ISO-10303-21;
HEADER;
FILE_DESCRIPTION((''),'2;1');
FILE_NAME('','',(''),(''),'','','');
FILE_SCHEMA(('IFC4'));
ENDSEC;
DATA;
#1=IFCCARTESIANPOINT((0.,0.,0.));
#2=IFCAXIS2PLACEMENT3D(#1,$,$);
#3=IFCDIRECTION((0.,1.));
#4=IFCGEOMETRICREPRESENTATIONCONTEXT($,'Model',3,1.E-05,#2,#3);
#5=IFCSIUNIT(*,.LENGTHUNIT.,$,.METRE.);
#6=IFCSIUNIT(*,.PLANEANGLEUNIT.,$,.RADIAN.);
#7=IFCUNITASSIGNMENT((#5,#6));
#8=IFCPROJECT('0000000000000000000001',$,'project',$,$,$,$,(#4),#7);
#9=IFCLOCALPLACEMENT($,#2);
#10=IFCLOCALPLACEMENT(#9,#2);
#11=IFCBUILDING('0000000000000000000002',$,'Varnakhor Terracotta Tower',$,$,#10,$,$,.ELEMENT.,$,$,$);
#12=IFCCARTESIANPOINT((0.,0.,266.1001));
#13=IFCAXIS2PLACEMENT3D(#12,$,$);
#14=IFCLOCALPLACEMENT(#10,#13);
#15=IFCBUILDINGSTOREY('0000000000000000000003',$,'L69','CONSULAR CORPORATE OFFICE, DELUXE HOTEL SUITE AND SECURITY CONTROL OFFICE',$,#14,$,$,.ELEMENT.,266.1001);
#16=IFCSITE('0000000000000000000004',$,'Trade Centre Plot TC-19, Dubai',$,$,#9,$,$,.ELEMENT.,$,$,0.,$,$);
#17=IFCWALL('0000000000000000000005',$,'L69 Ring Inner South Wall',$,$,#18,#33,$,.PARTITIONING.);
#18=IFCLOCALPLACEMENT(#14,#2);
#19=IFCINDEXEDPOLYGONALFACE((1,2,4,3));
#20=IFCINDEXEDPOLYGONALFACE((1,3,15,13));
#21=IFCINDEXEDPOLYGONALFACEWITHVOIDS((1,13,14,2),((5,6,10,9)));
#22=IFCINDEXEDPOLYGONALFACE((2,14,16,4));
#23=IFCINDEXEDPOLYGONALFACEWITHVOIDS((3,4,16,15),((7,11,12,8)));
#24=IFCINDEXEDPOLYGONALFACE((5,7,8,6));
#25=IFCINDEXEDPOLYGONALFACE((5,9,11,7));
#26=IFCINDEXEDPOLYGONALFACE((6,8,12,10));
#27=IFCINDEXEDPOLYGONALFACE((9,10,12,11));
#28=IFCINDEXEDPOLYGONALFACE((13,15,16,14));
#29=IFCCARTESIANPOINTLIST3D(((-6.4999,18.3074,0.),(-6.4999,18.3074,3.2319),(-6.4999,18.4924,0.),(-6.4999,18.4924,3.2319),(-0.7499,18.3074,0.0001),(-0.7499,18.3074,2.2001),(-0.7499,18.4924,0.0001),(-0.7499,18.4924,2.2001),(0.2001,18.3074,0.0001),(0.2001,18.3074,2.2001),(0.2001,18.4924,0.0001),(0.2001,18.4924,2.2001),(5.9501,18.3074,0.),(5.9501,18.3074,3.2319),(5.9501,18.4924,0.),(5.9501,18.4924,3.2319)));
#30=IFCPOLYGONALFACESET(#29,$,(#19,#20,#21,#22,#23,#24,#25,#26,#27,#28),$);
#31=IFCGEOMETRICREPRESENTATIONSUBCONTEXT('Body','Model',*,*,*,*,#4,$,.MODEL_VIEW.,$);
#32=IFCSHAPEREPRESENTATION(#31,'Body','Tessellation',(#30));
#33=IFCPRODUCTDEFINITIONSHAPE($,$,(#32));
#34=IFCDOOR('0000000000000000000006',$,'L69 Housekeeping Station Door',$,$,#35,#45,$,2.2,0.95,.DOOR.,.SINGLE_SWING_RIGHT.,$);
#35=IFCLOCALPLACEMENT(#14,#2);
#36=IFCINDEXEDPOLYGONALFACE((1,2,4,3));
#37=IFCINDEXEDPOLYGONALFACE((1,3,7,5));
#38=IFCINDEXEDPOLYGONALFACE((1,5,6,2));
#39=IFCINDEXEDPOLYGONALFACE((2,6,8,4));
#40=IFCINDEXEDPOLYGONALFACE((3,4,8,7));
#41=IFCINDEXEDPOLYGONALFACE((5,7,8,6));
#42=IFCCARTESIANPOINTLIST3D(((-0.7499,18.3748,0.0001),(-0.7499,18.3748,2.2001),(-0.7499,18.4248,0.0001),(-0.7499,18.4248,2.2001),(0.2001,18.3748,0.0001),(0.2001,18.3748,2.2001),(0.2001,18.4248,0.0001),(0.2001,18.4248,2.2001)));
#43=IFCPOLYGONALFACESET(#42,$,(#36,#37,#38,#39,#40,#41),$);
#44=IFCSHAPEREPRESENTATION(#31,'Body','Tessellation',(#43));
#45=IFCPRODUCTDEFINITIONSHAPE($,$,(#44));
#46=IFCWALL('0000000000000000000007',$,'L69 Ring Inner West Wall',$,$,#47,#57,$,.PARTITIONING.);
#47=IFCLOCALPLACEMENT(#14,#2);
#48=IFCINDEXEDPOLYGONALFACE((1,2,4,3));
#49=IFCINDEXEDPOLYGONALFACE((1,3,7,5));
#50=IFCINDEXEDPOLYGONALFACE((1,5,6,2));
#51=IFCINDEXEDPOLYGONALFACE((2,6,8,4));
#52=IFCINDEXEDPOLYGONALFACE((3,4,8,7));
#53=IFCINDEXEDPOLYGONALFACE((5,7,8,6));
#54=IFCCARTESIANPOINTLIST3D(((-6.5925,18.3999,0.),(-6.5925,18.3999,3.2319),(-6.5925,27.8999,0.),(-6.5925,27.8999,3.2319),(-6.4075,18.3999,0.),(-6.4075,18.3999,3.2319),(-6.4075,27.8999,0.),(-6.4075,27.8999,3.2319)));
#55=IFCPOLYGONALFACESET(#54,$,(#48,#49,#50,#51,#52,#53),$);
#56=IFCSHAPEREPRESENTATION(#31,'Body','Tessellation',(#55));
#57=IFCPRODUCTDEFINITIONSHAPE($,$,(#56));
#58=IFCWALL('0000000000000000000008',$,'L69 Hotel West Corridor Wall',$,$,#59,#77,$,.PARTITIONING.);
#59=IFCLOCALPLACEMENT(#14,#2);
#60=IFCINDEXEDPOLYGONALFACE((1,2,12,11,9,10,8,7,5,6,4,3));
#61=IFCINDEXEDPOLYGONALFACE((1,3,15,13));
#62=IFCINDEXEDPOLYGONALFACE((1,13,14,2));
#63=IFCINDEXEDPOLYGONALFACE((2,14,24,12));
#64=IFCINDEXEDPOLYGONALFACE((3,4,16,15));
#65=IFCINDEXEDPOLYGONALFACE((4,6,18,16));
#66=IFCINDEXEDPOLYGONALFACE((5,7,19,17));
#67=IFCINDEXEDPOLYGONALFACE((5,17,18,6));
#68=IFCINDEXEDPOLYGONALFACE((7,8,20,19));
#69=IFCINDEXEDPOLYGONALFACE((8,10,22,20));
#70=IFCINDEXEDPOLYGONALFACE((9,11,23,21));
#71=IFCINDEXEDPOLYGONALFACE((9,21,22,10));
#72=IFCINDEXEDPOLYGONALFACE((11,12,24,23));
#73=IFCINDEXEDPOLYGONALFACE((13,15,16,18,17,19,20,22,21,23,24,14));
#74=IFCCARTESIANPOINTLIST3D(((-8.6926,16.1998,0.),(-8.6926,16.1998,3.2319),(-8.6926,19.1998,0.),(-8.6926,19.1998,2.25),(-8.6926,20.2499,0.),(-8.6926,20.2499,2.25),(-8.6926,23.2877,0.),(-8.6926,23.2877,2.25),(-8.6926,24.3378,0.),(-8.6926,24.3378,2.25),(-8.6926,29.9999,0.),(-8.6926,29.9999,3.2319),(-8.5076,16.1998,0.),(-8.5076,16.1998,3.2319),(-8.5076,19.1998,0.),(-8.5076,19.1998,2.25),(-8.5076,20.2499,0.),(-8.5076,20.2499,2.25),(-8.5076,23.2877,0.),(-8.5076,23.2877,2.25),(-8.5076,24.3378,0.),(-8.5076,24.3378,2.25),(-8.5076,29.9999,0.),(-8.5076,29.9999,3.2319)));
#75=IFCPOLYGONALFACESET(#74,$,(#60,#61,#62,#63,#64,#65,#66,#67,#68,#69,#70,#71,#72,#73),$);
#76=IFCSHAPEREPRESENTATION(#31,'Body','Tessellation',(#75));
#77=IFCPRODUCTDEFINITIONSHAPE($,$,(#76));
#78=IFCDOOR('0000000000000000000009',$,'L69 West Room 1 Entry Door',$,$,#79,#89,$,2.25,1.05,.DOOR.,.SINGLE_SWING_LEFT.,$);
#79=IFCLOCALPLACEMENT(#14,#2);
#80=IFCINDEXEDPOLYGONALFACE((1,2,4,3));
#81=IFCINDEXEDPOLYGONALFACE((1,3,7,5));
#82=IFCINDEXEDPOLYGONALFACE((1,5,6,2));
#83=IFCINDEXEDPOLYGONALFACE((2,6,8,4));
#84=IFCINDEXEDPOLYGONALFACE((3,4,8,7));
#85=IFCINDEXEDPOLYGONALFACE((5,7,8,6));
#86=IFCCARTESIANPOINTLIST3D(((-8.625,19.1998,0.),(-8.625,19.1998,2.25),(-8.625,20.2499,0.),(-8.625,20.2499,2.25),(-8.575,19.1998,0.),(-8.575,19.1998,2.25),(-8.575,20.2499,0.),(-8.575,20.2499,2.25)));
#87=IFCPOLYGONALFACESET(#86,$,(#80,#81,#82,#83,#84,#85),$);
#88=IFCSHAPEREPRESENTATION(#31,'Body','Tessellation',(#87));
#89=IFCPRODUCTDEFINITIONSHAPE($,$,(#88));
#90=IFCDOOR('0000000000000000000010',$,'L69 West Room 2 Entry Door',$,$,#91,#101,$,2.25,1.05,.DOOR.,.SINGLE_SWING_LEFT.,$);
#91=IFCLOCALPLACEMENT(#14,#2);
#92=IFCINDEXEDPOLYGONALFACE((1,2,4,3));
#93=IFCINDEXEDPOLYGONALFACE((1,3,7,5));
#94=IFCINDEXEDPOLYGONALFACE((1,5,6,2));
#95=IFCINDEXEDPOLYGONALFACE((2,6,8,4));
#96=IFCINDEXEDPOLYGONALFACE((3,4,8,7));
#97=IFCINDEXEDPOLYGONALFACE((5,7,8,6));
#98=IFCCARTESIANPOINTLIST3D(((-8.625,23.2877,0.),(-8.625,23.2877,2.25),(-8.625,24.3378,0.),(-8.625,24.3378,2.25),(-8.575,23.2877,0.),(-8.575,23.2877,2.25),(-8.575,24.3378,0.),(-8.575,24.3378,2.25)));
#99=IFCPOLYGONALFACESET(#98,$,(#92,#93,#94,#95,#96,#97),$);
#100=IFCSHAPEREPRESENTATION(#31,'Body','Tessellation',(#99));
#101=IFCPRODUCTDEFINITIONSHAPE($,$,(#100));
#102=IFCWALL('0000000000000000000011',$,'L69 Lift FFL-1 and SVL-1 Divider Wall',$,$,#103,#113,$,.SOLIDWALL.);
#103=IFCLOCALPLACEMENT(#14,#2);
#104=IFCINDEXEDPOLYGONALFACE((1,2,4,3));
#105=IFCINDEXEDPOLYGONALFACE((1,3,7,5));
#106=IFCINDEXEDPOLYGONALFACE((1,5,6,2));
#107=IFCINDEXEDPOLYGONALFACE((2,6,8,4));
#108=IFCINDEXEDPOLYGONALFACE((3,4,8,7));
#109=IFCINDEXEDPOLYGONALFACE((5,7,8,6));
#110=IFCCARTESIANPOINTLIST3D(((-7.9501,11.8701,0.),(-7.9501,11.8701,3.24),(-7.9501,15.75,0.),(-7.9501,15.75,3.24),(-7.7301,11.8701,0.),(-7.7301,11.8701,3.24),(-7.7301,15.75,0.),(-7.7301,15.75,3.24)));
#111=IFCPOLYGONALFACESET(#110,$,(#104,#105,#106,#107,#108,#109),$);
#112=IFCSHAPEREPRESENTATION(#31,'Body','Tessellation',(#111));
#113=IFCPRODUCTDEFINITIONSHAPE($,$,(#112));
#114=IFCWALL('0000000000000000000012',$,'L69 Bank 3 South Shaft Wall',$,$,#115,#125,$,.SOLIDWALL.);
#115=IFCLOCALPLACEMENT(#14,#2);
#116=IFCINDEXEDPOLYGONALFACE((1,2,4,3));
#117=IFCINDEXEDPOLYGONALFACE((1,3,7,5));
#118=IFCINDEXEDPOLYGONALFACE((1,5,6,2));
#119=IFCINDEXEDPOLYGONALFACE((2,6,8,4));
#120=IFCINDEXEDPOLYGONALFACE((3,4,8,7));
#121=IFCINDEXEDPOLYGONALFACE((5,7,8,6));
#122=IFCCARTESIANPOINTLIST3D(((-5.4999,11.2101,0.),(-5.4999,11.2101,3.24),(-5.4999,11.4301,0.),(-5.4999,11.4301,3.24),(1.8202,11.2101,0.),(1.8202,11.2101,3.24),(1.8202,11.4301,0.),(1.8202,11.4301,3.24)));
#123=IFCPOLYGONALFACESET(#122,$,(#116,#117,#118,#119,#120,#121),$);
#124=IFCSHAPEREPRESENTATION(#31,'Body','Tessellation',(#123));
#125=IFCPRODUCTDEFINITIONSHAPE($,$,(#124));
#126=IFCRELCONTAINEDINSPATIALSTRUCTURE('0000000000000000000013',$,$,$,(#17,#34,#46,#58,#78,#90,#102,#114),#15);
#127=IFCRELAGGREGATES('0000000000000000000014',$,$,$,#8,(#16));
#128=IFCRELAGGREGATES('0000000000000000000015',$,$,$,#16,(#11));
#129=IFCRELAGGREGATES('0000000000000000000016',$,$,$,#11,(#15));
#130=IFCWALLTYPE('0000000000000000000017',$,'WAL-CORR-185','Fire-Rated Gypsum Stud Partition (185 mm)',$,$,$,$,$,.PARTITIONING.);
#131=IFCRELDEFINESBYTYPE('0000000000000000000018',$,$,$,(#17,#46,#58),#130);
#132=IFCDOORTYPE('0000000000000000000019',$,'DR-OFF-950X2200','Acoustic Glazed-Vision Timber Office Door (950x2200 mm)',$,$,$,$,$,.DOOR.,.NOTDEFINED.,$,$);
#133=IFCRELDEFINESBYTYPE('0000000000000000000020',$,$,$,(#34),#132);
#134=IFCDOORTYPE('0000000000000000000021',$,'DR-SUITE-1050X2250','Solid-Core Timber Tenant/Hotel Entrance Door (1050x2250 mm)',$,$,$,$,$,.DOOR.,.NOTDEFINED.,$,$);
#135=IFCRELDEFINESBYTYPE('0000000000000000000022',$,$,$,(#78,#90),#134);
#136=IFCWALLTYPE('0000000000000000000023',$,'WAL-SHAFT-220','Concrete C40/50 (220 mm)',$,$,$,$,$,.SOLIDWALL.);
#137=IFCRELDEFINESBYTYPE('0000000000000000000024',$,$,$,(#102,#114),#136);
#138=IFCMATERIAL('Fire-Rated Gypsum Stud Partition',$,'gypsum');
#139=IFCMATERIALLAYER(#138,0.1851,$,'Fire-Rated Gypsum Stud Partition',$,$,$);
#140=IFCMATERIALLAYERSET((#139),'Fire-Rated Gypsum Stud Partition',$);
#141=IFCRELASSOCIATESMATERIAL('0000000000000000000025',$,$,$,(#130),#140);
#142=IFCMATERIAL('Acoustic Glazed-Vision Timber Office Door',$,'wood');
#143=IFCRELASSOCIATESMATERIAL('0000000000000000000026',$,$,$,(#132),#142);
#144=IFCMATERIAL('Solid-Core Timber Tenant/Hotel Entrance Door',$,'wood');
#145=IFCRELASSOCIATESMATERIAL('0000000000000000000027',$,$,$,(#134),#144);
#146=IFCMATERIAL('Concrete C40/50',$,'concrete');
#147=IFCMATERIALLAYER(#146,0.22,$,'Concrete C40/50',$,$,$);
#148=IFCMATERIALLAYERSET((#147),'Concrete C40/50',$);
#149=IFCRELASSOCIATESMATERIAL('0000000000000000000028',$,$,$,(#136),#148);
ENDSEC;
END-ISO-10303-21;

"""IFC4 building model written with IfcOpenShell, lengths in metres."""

from ifc_helpers import new_model, si_unit, direction, frame, frame_2d, origin, place, context, subcontext, project, spatial, rectangle, extrude, source, transform, mapped, material, layer, layer_set, type_object, type_shapes, element, fill, save


model = new_model("IFC4")

# Units and contexts
model_context = context("Model", 3, precision=1e-05, world=origin(), true_north=direction((0.0, 1.0)))
body_context = subcontext(model_context, "Body", "Model", "MODEL_VIEW")
ifc_project = project(units=[si_unit("LENGTHUNIT", "METRE"), si_unit("PLANEANGLEUNIT", "RADIAN")], contexts=[model_context])

# Site, building, storey
site_placement = place(None, origin())
site = spatial("IfcSite", under=ifc_project, at=site_placement, Name="Trade Centre Plot TC-19, Dubai", CompositionType="ELEMENT", RefElevation=0.0)
building_placement = place(site_placement, origin())
building = spatial("IfcBuilding", under=site, at=building_placement, Name="Varnakhor Terracotta Tower", CompositionType="ELEMENT")
storey_placement = place(building_placement, frame((0.0, 0.0, 266.1001)))
storey = spatial("IfcBuildingStorey", under=building, at=storey_placement, Name="L69", Description="CONSULAR CORPORATE OFFICE, DELUXE HOTEL SUITE AND SECURITY CONTROL OFFICE", CompositionType="ELEMENT", Elevation=266.1001)

# Wall, opening, door
ifc_material_1 = material(Name="Fire-Rated Gypsum Stud Partition", Category="gypsum")
ifc_layer_1 = layer(ifc_material_1, 0.1851, Name="Fire-Rated Gypsum Stud Partition")
ifc_layer_set_1 = layer_set([ifc_layer_1], Name="Fire-Rated Gypsum Stud Partition")
wall_type_1 = type_object("IfcWallType", Name="WAL-CORR-185", Description="Fire-Rated Gypsum Stud Partition (185 mm)", PredefinedType="PARTITIONING", material=ifc_layer_set_1)
wall_1_placement = place(storey_placement, frame((-6.5, 18.3999, 0.0), z_axis=(0.0, 0.0, 1.0), x_axis=(1.0, 0.0, 0.0)))
wall_1 = element("IfcWall", 1, at=wall_1_placement, inside=storey, type_object=wall_type_1, Name="L69 Ring Inner South Wall", PredefinedType="PARTITIONING", context=body_context, shape_type="SweptSolid", body=[
    extrude(rectangle(XDim=12.45, YDim=0.1851, at=frame_2d((6.2251, 0.0))), origin(), (0.0, 0.0, 1.0), 3.2319),
])
opening_1_placement = place(wall_1_placement, frame((5.75, 0.0, 0.0)))
opening_1 = element("IfcOpeningElement", 2, at=opening_1_placement, cuts=wall_1, PredefinedType="OPENING", context=body_context, shape_type="SweptSolid", body=[
    extrude(rectangle(XDim=0.95, YDim=2.2, at=frame_2d((0.4751, 1.1001))), frame((0.0, 0.1025, 0.0), z_axis=(0.0, -1.0, 0.0), x_axis=(1.0, 0.0, 0.0)), (0.0, 0.0, 1.0), 0.2051),
])
ifc_material_2 = material(Name="Acoustic Glazed-Vision Timber Office Door", Category="wood")
door_type_1 = type_object("IfcDoorType", Name="DR-OFF-950X2200", Description="Acoustic Glazed-Vision Timber Office Door (950x2200 mm)", OperationType="NOTDEFINED", PredefinedType="DOOR", material=ifc_material_2)
shared_shape_1 = source(origin(), body_context, "Body", "SweptSolid", [
    extrude(rectangle(XDim=0.95, YDim=2.2, at=frame_2d((0.4751, 1.1001))), frame((0.0, 0.0249, 0.0), z_axis=(0.0, -1.0, 0.0), x_axis=(1.0, 0.0, 0.0)), (0.0, 0.0, 1.0), 0.05),
])
type_shapes(door_type_1, [shared_shape_1])
door_1_placement = place(opening_1_placement, origin())
door_1 = element("IfcDoor", 3, at=door_1_placement, inside=storey, type_object=door_type_1, Name="L69 Housekeeping Station Door", OperationType="SINGLE_SWING_RIGHT", OverallHeight=2.2, OverallWidth=0.95, PredefinedType="DOOR", context=body_context, shape_type="MappedRepresentation", body=[
    mapped(shared_shape_1, transform((0.0, 0.0, 0.0), scale=1.0)),
])
fill(opening_1, door_1)

# Wall
wall_2_placement = place(storey_placement, frame((-6.5, 18.3999, 0.0), z_axis=(0.0, 0.0, 1.0), x_axis=(0.0, 1.0, 0.0)))
element("IfcWall", 4, at=wall_2_placement, inside=storey, type_object=wall_type_1, Name="L69 Ring Inner West Wall", PredefinedType="PARTITIONING", context=body_context, shape_type="SweptSolid", body=[
    extrude(rectangle(XDim=9.5, YDim=0.1851, at=frame_2d((4.75, 0.0))), origin(), (0.0, 0.0, 1.0), 3.2319),
])

# Wall, openings, doors
wall_3_placement = place(storey_placement, frame((-8.6001, 16.2, 0.0), z_axis=(0.0, 0.0, 1.0), x_axis=(0.0, 1.0, 0.0)))
wall_3 = element("IfcWall", 5, at=wall_3_placement, inside=storey, type_object=wall_type_1, Name="L69 Hotel West Corridor Wall", PredefinedType="PARTITIONING", context=body_context, shape_type="SweptSolid", body=[
    extrude(rectangle(XDim=13.8, YDim=0.1851, at=frame_2d((6.8999, 0.0))), origin(), (0.0, 0.0, 1.0), 3.2319),
])
opening_2_placement = place(wall_3_placement, frame((3.0, 0.0, 0.0)))
opening_2 = element("IfcOpeningElement", 6, at=opening_2_placement, cuts=wall_3, PredefinedType="OPENING", context=body_context, shape_type="SweptSolid", body=[
    extrude(rectangle(XDim=1.05, YDim=2.25, at=frame_2d((0.5249, 1.125))), frame((0.0, 0.1025, 0.0), z_axis=(0.0, -1.0, 0.0), x_axis=(1.0, 0.0, 0.0)), (0.0, 0.0, 1.0), 0.2051),
])
opening_3_placement = place(wall_3_placement, frame((7.0879, 0.0, 0.0)))
opening_3 = element("IfcOpeningElement", 7, at=opening_3_placement, cuts=wall_3, PredefinedType="OPENING", context=body_context, shape_type="SweptSolid", body=[
    extrude(rectangle(XDim=1.05, YDim=2.25, at=frame_2d((0.5249, 1.125))), frame((0.0, 0.1025, 0.0), z_axis=(0.0, -1.0, 0.0), x_axis=(1.0, 0.0, 0.0)), (0.0, 0.0, 1.0), 0.2051),
])
ifc_material_3 = material(Name="Solid-Core Timber Tenant/Hotel Entrance Door", Category="wood")
door_type_2 = type_object("IfcDoorType", Name="DR-SUITE-1050X2250", Description="Solid-Core Timber Tenant/Hotel Entrance Door (1050x2250 mm)", OperationType="NOTDEFINED", PredefinedType="DOOR", material=ifc_material_3)
shared_shape_2 = source(origin(), body_context, "Body", "SweptSolid", [
    extrude(rectangle(XDim=1.05, YDim=2.25, at=frame_2d((0.5249, 1.125))), frame((0.0, 0.0249, 0.0), z_axis=(0.0, -1.0, 0.0), x_axis=(1.0, 0.0, 0.0)), (0.0, 0.0, 1.0), 0.05),
])
type_shapes(door_type_2, [shared_shape_2])
door_2_placement = place(opening_2_placement, origin())
door_2 = element("IfcDoor", 8, at=door_2_placement, inside=storey, type_object=door_type_2, Name="L69 West Room 1 Entry Door", OperationType="SINGLE_SWING_LEFT", OverallHeight=2.25, OverallWidth=1.05, PredefinedType="DOOR", context=body_context, shape_type="MappedRepresentation", body=[
    mapped(shared_shape_2, transform((0.0, 0.0, 0.0), scale=1.0)),
])
fill(opening_2, door_2)
door_3_placement = place(opening_3_placement, origin())
door_3 = element("IfcDoor", 9, at=door_3_placement, inside=storey, type_object=door_type_2, Name="L69 West Room 2 Entry Door", OperationType="SINGLE_SWING_LEFT", OverallHeight=2.25, OverallWidth=1.05, PredefinedType="DOOR", context=body_context, shape_type="MappedRepresentation", body=[
    mapped(shared_shape_2, transform((0.0, 0.0, 0.0), scale=1.0)),
])
fill(opening_3, door_3)

# Walls
ifc_material_4 = material(Name="Concrete C40/50", Category="concrete")
ifc_layer_2 = layer(ifc_material_4, 0.22, Name="Concrete C40/50")
ifc_layer_set_2 = layer_set([ifc_layer_2], Name="Concrete C40/50")
wall_type_2 = type_object("IfcWallType", Name="WAL-SHAFT-220", Description="Concrete C40/50 (220 mm)", PredefinedType="SOLIDWALL", material=ifc_layer_set_2)
wall_4_placement = place(storey_placement, frame((-7.8401, 11.8701, 0.0), z_axis=(0.0, 0.0, 1.0), x_axis=(0.0, 1.0, 0.0)))
element("IfcWall", 10, at=wall_4_placement, inside=storey, type_object=wall_type_2, Name="L69 Lift FFL-1 and SVL-1 Divider Wall", PredefinedType="SOLIDWALL", context=body_context, shape_type="SweptSolid", body=[
    extrude(rectangle(XDim=3.8799, YDim=0.22, at=frame_2d((1.9399, 0.0))), origin(), (0.0, 0.0, 1.0), 3.24),
])
wall_5_placement = place(storey_placement, frame((-5.5, 11.3201, 0.0), z_axis=(0.0, 0.0, 1.0), x_axis=(1.0, 0.0, 0.0)))
element("IfcWall", 11, at=wall_5_placement, inside=storey, type_object=wall_type_2, Name="L69 Bank 3 South Shaft Wall", PredefinedType="SOLIDWALL", context=body_context, shape_type="SweptSolid", body=[
    extrude(rectangle(XDim=7.3201, YDim=0.22, at=frame_2d((3.6602, 0.0))), origin(), (0.0, 0.0, 1.0), 3.24),
])

save(model, "model.ifc")
